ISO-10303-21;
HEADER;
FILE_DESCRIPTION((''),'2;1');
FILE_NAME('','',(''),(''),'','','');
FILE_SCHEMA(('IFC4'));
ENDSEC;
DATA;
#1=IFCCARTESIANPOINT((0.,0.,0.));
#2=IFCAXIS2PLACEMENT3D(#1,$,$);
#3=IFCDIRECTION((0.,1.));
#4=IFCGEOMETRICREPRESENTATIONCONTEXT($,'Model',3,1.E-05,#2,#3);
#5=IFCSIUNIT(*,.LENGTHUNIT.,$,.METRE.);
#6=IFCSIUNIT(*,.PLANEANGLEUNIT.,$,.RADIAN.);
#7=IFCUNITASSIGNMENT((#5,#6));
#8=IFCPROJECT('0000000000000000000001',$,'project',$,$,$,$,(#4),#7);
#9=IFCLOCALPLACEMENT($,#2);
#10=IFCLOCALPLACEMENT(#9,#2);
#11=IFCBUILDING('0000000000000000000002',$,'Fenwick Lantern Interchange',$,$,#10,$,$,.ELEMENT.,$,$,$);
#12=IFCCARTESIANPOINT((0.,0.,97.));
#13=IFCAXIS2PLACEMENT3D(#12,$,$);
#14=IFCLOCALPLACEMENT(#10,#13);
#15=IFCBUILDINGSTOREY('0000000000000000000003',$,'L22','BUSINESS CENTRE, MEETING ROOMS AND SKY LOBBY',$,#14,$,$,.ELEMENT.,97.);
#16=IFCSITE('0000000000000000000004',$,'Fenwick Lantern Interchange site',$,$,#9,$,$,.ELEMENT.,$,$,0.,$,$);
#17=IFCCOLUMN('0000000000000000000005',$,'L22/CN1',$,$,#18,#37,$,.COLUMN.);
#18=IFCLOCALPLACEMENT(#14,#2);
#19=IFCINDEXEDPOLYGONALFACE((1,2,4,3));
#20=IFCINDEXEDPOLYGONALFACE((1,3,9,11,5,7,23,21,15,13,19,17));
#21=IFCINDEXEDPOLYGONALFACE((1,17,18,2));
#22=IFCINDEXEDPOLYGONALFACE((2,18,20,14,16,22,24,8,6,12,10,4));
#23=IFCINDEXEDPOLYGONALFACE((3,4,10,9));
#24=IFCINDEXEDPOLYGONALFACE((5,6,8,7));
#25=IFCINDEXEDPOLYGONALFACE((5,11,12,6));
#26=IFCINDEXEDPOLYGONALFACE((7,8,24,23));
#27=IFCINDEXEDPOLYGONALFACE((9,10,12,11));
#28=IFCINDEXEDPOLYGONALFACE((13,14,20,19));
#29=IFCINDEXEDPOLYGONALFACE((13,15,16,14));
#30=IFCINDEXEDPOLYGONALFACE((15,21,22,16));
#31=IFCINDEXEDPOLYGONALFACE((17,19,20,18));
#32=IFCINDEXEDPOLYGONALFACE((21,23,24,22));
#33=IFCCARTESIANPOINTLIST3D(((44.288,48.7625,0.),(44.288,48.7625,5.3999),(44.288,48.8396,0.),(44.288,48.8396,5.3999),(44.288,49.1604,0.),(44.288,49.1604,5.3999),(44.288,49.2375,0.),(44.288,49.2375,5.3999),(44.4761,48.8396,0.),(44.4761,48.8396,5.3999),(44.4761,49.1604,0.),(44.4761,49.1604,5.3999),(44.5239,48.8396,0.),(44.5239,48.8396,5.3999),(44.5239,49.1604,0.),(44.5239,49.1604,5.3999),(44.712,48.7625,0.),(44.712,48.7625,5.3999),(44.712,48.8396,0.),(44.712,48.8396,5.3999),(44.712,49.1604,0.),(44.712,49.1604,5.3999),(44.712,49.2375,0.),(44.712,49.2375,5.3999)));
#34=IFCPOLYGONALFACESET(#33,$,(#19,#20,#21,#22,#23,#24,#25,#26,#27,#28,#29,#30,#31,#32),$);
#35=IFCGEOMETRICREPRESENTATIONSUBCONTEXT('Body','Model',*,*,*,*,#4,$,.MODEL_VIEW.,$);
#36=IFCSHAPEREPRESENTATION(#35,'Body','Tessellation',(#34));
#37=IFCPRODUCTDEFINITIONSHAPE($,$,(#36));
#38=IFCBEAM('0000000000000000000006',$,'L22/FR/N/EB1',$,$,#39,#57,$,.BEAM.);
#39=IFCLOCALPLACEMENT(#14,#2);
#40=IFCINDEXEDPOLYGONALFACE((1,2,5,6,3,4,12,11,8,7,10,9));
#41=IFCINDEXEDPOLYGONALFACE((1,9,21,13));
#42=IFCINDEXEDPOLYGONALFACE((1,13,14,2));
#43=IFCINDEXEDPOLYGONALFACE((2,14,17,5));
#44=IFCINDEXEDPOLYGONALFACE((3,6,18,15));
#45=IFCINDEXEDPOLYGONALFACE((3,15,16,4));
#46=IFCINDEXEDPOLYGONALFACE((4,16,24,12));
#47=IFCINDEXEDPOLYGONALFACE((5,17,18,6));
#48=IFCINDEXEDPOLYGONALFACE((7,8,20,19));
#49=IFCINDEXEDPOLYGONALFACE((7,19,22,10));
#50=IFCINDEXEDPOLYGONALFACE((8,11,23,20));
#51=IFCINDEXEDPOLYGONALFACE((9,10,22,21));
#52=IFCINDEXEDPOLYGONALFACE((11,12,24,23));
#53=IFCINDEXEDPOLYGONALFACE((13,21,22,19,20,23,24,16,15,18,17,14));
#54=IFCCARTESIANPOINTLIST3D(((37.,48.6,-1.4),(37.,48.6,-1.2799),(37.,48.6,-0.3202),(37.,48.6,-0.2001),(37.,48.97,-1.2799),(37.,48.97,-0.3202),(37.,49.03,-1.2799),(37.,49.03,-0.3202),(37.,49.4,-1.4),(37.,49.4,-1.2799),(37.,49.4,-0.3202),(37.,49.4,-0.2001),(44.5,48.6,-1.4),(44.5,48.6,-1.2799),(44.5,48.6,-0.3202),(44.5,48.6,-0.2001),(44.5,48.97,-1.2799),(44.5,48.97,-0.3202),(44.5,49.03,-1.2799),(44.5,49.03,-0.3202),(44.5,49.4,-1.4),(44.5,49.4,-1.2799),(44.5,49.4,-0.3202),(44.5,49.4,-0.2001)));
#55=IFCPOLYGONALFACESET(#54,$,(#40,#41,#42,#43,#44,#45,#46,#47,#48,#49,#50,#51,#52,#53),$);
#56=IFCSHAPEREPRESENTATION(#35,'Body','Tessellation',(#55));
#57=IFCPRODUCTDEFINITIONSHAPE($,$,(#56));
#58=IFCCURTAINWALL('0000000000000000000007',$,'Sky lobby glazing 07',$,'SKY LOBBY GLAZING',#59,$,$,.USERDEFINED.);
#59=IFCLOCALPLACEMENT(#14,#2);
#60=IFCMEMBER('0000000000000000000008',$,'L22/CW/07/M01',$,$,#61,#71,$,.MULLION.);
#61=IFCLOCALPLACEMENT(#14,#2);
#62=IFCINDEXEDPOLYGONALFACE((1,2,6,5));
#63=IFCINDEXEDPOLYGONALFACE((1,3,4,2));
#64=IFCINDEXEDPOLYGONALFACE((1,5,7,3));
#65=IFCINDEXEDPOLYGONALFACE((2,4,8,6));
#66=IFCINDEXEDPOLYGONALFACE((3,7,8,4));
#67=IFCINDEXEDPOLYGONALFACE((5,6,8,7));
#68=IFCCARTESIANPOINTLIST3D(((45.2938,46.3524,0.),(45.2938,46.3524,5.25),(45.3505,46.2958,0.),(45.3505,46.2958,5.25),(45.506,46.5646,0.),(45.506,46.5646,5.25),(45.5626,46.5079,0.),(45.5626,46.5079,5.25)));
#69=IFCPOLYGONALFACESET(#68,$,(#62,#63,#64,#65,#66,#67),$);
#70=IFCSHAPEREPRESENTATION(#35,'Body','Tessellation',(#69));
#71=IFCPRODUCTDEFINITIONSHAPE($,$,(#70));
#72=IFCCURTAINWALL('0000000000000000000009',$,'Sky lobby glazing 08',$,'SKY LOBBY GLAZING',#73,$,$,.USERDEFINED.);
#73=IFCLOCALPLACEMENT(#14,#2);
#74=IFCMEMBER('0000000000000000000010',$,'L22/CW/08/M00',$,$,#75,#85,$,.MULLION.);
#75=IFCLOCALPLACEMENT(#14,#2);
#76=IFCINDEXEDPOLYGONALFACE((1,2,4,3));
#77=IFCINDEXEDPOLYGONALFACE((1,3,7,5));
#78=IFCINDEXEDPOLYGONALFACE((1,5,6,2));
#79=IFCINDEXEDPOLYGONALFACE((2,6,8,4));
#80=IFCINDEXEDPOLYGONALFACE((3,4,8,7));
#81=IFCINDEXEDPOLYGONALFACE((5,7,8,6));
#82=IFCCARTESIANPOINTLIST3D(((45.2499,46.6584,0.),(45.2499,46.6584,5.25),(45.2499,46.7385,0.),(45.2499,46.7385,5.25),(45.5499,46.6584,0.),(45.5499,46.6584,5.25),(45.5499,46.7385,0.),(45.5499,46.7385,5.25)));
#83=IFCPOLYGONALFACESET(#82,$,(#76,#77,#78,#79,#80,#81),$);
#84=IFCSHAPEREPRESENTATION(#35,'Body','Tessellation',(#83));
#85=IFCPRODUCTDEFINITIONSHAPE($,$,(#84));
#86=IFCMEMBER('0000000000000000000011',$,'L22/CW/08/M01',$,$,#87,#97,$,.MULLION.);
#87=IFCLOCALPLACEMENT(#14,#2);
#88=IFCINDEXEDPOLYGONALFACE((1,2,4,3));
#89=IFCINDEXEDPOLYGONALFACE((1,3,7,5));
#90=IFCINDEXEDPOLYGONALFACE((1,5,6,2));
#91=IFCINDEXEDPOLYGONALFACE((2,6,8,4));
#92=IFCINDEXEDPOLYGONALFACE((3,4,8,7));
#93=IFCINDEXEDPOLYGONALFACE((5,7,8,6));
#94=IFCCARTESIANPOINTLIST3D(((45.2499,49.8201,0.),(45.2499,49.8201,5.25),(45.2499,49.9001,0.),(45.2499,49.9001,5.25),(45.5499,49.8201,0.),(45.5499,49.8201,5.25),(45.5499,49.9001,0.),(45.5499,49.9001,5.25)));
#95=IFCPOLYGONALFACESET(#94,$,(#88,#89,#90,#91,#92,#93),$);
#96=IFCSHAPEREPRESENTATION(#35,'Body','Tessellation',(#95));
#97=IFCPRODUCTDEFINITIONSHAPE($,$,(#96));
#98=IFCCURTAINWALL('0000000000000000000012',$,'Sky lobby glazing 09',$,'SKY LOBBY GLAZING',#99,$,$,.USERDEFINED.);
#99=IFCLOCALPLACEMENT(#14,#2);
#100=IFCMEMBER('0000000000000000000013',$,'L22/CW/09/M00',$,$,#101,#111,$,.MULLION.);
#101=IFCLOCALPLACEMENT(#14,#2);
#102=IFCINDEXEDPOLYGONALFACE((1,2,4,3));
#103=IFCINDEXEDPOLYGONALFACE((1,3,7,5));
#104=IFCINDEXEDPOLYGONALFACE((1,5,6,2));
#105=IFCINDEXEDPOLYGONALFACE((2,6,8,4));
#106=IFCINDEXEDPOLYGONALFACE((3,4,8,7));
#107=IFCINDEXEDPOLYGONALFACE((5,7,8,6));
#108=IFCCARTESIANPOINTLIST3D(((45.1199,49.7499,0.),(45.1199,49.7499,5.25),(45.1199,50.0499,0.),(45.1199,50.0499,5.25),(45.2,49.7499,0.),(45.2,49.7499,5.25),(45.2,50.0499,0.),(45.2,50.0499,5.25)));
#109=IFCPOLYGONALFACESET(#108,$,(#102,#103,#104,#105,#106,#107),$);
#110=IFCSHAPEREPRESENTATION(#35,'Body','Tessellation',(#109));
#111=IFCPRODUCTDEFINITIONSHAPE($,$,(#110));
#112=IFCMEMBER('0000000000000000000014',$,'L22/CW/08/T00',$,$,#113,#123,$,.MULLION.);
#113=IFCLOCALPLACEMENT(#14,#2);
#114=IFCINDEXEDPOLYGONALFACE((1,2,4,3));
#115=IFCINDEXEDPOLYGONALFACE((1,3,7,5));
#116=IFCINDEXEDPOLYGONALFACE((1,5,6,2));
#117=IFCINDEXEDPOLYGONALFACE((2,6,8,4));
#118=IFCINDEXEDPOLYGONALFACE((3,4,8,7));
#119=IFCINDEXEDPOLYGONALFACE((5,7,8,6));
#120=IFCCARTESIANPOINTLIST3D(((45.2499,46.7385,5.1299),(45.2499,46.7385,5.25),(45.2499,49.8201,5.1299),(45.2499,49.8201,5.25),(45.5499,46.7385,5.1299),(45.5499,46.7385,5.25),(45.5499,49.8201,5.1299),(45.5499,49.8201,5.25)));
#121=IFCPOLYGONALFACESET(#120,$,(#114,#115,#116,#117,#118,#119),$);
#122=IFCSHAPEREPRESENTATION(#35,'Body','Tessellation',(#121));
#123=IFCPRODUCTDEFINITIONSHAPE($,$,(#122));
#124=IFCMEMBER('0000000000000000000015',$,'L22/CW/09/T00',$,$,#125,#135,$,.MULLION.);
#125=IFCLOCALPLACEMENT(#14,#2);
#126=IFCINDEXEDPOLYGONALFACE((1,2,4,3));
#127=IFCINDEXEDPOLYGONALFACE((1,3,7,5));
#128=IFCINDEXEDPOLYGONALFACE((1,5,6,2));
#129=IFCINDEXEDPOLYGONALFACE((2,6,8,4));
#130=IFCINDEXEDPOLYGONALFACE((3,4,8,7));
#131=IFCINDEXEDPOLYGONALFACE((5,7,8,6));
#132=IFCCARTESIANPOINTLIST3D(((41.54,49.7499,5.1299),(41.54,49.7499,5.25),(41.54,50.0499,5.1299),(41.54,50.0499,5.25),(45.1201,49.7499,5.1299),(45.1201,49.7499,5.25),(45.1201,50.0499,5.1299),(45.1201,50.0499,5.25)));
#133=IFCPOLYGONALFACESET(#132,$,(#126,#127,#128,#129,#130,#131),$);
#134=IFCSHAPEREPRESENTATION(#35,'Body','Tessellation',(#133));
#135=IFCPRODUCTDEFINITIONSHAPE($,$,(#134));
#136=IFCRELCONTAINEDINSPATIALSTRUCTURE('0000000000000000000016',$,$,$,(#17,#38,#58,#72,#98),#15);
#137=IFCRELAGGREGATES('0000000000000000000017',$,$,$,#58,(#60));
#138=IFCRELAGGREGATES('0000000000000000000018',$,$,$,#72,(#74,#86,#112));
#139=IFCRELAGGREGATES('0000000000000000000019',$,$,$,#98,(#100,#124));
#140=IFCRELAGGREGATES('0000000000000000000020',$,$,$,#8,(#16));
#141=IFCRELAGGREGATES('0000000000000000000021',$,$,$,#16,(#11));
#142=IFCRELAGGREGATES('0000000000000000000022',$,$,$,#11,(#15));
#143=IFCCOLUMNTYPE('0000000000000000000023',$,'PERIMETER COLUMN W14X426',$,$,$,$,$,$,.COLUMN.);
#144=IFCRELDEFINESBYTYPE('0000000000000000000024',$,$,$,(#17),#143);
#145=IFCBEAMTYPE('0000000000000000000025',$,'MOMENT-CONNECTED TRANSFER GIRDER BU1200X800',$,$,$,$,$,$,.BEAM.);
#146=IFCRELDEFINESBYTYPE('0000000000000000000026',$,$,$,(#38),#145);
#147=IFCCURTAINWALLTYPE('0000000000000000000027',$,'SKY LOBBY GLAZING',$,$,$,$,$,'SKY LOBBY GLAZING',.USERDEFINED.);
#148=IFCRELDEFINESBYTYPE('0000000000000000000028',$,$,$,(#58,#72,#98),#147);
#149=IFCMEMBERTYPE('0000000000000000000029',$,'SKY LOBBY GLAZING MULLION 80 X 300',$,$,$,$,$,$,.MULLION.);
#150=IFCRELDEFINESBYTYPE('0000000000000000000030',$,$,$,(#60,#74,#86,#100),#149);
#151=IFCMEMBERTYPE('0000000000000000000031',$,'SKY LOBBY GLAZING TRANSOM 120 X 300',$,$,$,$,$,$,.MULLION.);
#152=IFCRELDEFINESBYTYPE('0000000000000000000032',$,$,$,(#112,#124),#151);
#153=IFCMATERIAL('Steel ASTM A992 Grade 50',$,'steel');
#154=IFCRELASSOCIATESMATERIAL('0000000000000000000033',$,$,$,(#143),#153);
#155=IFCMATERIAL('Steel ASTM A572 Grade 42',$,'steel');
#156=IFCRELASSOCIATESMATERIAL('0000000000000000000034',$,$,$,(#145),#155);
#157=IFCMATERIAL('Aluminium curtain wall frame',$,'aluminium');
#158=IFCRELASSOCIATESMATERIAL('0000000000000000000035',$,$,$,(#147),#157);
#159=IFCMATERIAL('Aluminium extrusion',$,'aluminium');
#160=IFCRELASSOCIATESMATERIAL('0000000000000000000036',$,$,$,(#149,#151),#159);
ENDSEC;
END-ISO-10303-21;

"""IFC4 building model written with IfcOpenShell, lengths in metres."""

from ifc_helpers import new_model, si_unit, direction, frame, origin, origin_2d, place, context, subcontext, project, spatial, rectangle, i_section, extrude, material, material_profile, profile_set, type_object, element, aggregate, save


model = new_model("IFC4")

# Units and contexts
model_context = context("Model", 3, precision=1e-05, world=origin(), true_north=direction((0.0, 1.0)))
body_context = subcontext(model_context, "Body", "Model", "MODEL_VIEW")
ifc_project = project(units=[si_unit("LENGTHUNIT", "METRE"), si_unit("PLANEANGLEUNIT", "RADIAN")], contexts=[model_context])

# Site, building, storey
site_placement = place(None, origin())
site = spatial("IfcSite", under=ifc_project, at=site_placement, Name="Fenwick Lantern Interchange site", CompositionType="ELEMENT", RefElevation=0.0)
building_placement = place(site_placement, origin())
building = spatial("IfcBuilding", under=site, at=building_placement, Name="Fenwick Lantern Interchange", CompositionType="ELEMENT")
storey_placement = place(building_placement, frame((0.0, 0.0, 97.0)))
storey = spatial("IfcBuildingStorey", under=building, at=storey_placement, Name="L22", Description="BUSINESS CENTRE, MEETING ROOMS AND SKY LOBBY", CompositionType="ELEMENT", Elevation=97.0)

# Column
ifc_material_1 = material(Name="Steel ASTM A992 Grade 50", Category="steel")
ifc_material_profile_1 = material_profile(ifc_material_1, i_section(OverallWidth=0.4241, OverallDepth=0.4751, WebThickness=0.0479, FlangeThickness=0.0771, at=origin_2d()), Name="W14X426")
ifc_profile_set_1 = profile_set([ifc_material_profile_1], Name="Steel ASTM A992 Grade 50")
column_type = type_object("IfcColumnType", Name="PERIMETER COLUMN W14X426", PredefinedType="COLUMN", material=ifc_profile_set_1)
column_placement = place(storey_placement, frame((44.5, 49.0, 0.0), z_axis=(0.0, 0.0, 1.0), x_axis=(1.0, 0.0, 0.0)))
element("IfcColumn", 1, at=column_placement, inside=storey, type_object=column_type, Name="L22/CN1", PredefinedType="COLUMN", context=body_context, shape_type="SweptSolid", body=[
    extrude(i_section(OverallWidth=0.4241, OverallDepth=0.4751, WebThickness=0.0479, FlangeThickness=0.0771, at=origin_2d()), origin(), (0.0, 0.0, 1.0), 5.3999),
])

# Beam
ifc_material_2 = material(Name="Steel ASTM A572 Grade 42", Category="steel")
ifc_material_profile_2 = material_profile(ifc_material_2, i_section(OverallWidth=0.8, OverallDepth=1.2, WebThickness=0.0601, FlangeThickness=0.1201, at=origin_2d()), Name="BU1200X800")
ifc_profile_set_2 = profile_set([ifc_material_profile_2], Name="Steel ASTM A572 Grade 42")
beam_type = type_object("IfcBeamType", Name="MOMENT-CONNECTED TRANSFER GIRDER BU1200X800", PredefinedType="BEAM", material=ifc_profile_set_2)
beam_placement = place(storey_placement, frame((44.5, 49.0, -0.8), z_axis=(-1.0, 0.0, 0.0), x_axis=(0.0, -1.0, 0.0)))
element("IfcBeam", 2, at=beam_placement, inside=storey, type_object=beam_type, Name="L22/FR/N/EB1", PredefinedType="BEAM", context=body_context, shape_type="SweptSolid", body=[
    extrude(i_section(OverallWidth=0.8, OverallDepth=1.2, WebThickness=0.0601, FlangeThickness=0.1201, at=origin_2d()), origin(), (0.0, 0.0, 1.0), 7.5),
])

# Curtain wall, member
ifc_material_3 = material(Name="Aluminium curtain wall frame", Category="aluminium")
curtain_wall_type = type_object("IfcCurtainWallType", Name="SKY LOBBY GLAZING", ElementType="SKY LOBBY GLAZING", PredefinedType="USERDEFINED", material=ifc_material_3)
curtain_wall_1_placement = place(storey_placement, origin())
curtain_wall_1 = element("IfcCurtainWall", 3, at=curtain_wall_1_placement, inside=storey, type_object=curtain_wall_type, Name="Sky lobby glazing 07", ObjectType="SKY LOBBY GLAZING", PredefinedType="USERDEFINED")
ifc_material_4 = material(Name="Aluminium extrusion", Category="aluminium")
ifc_material_profile_3 = material_profile(ifc_material_4, rectangle(XDim=0.3, YDim=0.0801, at=origin_2d()), Name="SKY LOBBY GLAZING MULLION 80 X 300")
ifc_profile_set_3 = profile_set([ifc_material_profile_3], Name="Aluminium extrusion")
member_type_1 = type_object("IfcMemberType", Name="SKY LOBBY GLAZING MULLION 80 X 300", PredefinedType="MULLION", material=ifc_profile_set_3)
member_1_placement = place(storey_placement, frame((45.4282, 46.4302, 0.0), z_axis=(0.0, 0.0, 1.0), x_axis=(-0.707107, -0.707107, 0.0)))
member_1 = element("IfcMember", 4, at=member_1_placement, type_object=member_type_1, Name="L22/CW/07/M01", PredefinedType="MULLION", context=body_context, shape_type="SweptSolid", body=[
    extrude(rectangle(XDim=0.3, YDim=0.0801, at=origin_2d()), origin(), (0.0, 0.0, 1.0), 5.25),
])
aggregate(curtain_wall_1, [member_1])

# Curtain wall, members
curtain_wall_2_placement = place(storey_placement, origin())
curtain_wall_2 = element("IfcCurtainWall", 5, at=curtain_wall_2_placement, inside=storey, type_object=curtain_wall_type, Name="Sky lobby glazing 08", ObjectType="SKY LOBBY GLAZING", PredefinedType="USERDEFINED")
member_2_placement = place(storey_placement, frame((45.3999, 46.6985, 0.0), z_axis=(0.0, 0.0, 1.0), x_axis=(-1.0, 0.0, 0.0)))
member_2 = element("IfcMember", 6, at=member_2_placement, type_object=member_type_1, Name="L22/CW/08/M00", PredefinedType="MULLION", context=body_context, shape_type="SweptSolid", body=[
    extrude(rectangle(XDim=0.3, YDim=0.0801, at=origin_2d()), origin(), (0.0, 0.0, 1.0), 5.25),
])
member_3_placement = place(storey_placement, frame((45.3999, 49.8601, 0.0), z_axis=(0.0, 0.0, 1.0), x_axis=(-1.0, 0.0, 0.0)))
member_3 = element("IfcMember", 7, at=member_3_placement, type_object=member_type_1, Name="L22/CW/08/M01", PredefinedType="MULLION", context=body_context, shape_type="SweptSolid", body=[
    extrude(rectangle(XDim=0.3, YDim=0.0801, at=origin_2d()), origin(), (0.0, 0.0, 1.0), 5.25),
])

# Curtain wall, member
curtain_wall_3_placement = place(storey_placement, origin())
curtain_wall_3 = element("IfcCurtainWall", 8, at=curtain_wall_3_placement, inside=storey, type_object=curtain_wall_type, Name="Sky lobby glazing 09", ObjectType="SKY LOBBY GLAZING", PredefinedType="USERDEFINED")
member_4_placement = place(storey_placement, frame((45.1599, 49.8999, 0.0), z_axis=(0.0, 0.0, 1.0), x_axis=(0.0, -1.0, 0.0)))
member_4 = element("IfcMember", 9, at=member_4_placement, type_object=member_type_1, Name="L22/CW/09/M00", PredefinedType="MULLION", context=body_context, shape_type="SweptSolid", body=[
    extrude(rectangle(XDim=0.3, YDim=0.0801, at=origin_2d()), origin(), (0.0, 0.0, 1.0), 5.25),
])

# Members
ifc_material_profile_4 = material_profile(ifc_material_4, rectangle(XDim=0.3, YDim=0.1201, at=origin_2d()), Name="SKY LOBBY GLAZING TRANSOM 120 X 300")
ifc_profile_set_4 = profile_set([ifc_material_profile_4], Name="Aluminium extrusion")
member_type_2 = type_object("IfcMemberType", Name="SKY LOBBY GLAZING TRANSOM 120 X 300", PredefinedType="MULLION", material=ifc_profile_set_4)
member_5_placement = place(storey_placement, frame((45.3999, 46.7385, 5.1899), z_axis=(0.0, 1.0, 0.0), x_axis=(-1.0, 0.0, 0.0)))
member_5 = element("IfcMember", 10, at=member_5_placement, type_object=member_type_2, Name="L22/CW/08/T00", PredefinedType="MULLION", context=body_context, shape_type="SweptSolid", body=[
    extrude(rectangle(XDim=0.3, YDim=0.1201, at=origin_2d()), origin(), (0.0, 0.0, 1.0), 3.0815),
])
member_6_placement = place(storey_placement, frame((45.1201, 49.8999, 5.1899), z_axis=(-1.0, 0.0, 0.0), x_axis=(0.0, -1.0, 0.0)))
member_6 = element("IfcMember", 11, at=member_6_placement, type_object=member_type_2, Name="L22/CW/09/T00", PredefinedType="MULLION", context=body_context, shape_type="SweptSolid", body=[
    extrude(rectangle(XDim=0.3, YDim=0.1201, at=origin_2d()), origin(), (0.0, 0.0, 1.0), 3.5801),
])

aggregate(curtain_wall_2, [member_2, member_3, member_5])
aggregate(curtain_wall_3, [member_4, member_6])

save(model, "model.ifc")
